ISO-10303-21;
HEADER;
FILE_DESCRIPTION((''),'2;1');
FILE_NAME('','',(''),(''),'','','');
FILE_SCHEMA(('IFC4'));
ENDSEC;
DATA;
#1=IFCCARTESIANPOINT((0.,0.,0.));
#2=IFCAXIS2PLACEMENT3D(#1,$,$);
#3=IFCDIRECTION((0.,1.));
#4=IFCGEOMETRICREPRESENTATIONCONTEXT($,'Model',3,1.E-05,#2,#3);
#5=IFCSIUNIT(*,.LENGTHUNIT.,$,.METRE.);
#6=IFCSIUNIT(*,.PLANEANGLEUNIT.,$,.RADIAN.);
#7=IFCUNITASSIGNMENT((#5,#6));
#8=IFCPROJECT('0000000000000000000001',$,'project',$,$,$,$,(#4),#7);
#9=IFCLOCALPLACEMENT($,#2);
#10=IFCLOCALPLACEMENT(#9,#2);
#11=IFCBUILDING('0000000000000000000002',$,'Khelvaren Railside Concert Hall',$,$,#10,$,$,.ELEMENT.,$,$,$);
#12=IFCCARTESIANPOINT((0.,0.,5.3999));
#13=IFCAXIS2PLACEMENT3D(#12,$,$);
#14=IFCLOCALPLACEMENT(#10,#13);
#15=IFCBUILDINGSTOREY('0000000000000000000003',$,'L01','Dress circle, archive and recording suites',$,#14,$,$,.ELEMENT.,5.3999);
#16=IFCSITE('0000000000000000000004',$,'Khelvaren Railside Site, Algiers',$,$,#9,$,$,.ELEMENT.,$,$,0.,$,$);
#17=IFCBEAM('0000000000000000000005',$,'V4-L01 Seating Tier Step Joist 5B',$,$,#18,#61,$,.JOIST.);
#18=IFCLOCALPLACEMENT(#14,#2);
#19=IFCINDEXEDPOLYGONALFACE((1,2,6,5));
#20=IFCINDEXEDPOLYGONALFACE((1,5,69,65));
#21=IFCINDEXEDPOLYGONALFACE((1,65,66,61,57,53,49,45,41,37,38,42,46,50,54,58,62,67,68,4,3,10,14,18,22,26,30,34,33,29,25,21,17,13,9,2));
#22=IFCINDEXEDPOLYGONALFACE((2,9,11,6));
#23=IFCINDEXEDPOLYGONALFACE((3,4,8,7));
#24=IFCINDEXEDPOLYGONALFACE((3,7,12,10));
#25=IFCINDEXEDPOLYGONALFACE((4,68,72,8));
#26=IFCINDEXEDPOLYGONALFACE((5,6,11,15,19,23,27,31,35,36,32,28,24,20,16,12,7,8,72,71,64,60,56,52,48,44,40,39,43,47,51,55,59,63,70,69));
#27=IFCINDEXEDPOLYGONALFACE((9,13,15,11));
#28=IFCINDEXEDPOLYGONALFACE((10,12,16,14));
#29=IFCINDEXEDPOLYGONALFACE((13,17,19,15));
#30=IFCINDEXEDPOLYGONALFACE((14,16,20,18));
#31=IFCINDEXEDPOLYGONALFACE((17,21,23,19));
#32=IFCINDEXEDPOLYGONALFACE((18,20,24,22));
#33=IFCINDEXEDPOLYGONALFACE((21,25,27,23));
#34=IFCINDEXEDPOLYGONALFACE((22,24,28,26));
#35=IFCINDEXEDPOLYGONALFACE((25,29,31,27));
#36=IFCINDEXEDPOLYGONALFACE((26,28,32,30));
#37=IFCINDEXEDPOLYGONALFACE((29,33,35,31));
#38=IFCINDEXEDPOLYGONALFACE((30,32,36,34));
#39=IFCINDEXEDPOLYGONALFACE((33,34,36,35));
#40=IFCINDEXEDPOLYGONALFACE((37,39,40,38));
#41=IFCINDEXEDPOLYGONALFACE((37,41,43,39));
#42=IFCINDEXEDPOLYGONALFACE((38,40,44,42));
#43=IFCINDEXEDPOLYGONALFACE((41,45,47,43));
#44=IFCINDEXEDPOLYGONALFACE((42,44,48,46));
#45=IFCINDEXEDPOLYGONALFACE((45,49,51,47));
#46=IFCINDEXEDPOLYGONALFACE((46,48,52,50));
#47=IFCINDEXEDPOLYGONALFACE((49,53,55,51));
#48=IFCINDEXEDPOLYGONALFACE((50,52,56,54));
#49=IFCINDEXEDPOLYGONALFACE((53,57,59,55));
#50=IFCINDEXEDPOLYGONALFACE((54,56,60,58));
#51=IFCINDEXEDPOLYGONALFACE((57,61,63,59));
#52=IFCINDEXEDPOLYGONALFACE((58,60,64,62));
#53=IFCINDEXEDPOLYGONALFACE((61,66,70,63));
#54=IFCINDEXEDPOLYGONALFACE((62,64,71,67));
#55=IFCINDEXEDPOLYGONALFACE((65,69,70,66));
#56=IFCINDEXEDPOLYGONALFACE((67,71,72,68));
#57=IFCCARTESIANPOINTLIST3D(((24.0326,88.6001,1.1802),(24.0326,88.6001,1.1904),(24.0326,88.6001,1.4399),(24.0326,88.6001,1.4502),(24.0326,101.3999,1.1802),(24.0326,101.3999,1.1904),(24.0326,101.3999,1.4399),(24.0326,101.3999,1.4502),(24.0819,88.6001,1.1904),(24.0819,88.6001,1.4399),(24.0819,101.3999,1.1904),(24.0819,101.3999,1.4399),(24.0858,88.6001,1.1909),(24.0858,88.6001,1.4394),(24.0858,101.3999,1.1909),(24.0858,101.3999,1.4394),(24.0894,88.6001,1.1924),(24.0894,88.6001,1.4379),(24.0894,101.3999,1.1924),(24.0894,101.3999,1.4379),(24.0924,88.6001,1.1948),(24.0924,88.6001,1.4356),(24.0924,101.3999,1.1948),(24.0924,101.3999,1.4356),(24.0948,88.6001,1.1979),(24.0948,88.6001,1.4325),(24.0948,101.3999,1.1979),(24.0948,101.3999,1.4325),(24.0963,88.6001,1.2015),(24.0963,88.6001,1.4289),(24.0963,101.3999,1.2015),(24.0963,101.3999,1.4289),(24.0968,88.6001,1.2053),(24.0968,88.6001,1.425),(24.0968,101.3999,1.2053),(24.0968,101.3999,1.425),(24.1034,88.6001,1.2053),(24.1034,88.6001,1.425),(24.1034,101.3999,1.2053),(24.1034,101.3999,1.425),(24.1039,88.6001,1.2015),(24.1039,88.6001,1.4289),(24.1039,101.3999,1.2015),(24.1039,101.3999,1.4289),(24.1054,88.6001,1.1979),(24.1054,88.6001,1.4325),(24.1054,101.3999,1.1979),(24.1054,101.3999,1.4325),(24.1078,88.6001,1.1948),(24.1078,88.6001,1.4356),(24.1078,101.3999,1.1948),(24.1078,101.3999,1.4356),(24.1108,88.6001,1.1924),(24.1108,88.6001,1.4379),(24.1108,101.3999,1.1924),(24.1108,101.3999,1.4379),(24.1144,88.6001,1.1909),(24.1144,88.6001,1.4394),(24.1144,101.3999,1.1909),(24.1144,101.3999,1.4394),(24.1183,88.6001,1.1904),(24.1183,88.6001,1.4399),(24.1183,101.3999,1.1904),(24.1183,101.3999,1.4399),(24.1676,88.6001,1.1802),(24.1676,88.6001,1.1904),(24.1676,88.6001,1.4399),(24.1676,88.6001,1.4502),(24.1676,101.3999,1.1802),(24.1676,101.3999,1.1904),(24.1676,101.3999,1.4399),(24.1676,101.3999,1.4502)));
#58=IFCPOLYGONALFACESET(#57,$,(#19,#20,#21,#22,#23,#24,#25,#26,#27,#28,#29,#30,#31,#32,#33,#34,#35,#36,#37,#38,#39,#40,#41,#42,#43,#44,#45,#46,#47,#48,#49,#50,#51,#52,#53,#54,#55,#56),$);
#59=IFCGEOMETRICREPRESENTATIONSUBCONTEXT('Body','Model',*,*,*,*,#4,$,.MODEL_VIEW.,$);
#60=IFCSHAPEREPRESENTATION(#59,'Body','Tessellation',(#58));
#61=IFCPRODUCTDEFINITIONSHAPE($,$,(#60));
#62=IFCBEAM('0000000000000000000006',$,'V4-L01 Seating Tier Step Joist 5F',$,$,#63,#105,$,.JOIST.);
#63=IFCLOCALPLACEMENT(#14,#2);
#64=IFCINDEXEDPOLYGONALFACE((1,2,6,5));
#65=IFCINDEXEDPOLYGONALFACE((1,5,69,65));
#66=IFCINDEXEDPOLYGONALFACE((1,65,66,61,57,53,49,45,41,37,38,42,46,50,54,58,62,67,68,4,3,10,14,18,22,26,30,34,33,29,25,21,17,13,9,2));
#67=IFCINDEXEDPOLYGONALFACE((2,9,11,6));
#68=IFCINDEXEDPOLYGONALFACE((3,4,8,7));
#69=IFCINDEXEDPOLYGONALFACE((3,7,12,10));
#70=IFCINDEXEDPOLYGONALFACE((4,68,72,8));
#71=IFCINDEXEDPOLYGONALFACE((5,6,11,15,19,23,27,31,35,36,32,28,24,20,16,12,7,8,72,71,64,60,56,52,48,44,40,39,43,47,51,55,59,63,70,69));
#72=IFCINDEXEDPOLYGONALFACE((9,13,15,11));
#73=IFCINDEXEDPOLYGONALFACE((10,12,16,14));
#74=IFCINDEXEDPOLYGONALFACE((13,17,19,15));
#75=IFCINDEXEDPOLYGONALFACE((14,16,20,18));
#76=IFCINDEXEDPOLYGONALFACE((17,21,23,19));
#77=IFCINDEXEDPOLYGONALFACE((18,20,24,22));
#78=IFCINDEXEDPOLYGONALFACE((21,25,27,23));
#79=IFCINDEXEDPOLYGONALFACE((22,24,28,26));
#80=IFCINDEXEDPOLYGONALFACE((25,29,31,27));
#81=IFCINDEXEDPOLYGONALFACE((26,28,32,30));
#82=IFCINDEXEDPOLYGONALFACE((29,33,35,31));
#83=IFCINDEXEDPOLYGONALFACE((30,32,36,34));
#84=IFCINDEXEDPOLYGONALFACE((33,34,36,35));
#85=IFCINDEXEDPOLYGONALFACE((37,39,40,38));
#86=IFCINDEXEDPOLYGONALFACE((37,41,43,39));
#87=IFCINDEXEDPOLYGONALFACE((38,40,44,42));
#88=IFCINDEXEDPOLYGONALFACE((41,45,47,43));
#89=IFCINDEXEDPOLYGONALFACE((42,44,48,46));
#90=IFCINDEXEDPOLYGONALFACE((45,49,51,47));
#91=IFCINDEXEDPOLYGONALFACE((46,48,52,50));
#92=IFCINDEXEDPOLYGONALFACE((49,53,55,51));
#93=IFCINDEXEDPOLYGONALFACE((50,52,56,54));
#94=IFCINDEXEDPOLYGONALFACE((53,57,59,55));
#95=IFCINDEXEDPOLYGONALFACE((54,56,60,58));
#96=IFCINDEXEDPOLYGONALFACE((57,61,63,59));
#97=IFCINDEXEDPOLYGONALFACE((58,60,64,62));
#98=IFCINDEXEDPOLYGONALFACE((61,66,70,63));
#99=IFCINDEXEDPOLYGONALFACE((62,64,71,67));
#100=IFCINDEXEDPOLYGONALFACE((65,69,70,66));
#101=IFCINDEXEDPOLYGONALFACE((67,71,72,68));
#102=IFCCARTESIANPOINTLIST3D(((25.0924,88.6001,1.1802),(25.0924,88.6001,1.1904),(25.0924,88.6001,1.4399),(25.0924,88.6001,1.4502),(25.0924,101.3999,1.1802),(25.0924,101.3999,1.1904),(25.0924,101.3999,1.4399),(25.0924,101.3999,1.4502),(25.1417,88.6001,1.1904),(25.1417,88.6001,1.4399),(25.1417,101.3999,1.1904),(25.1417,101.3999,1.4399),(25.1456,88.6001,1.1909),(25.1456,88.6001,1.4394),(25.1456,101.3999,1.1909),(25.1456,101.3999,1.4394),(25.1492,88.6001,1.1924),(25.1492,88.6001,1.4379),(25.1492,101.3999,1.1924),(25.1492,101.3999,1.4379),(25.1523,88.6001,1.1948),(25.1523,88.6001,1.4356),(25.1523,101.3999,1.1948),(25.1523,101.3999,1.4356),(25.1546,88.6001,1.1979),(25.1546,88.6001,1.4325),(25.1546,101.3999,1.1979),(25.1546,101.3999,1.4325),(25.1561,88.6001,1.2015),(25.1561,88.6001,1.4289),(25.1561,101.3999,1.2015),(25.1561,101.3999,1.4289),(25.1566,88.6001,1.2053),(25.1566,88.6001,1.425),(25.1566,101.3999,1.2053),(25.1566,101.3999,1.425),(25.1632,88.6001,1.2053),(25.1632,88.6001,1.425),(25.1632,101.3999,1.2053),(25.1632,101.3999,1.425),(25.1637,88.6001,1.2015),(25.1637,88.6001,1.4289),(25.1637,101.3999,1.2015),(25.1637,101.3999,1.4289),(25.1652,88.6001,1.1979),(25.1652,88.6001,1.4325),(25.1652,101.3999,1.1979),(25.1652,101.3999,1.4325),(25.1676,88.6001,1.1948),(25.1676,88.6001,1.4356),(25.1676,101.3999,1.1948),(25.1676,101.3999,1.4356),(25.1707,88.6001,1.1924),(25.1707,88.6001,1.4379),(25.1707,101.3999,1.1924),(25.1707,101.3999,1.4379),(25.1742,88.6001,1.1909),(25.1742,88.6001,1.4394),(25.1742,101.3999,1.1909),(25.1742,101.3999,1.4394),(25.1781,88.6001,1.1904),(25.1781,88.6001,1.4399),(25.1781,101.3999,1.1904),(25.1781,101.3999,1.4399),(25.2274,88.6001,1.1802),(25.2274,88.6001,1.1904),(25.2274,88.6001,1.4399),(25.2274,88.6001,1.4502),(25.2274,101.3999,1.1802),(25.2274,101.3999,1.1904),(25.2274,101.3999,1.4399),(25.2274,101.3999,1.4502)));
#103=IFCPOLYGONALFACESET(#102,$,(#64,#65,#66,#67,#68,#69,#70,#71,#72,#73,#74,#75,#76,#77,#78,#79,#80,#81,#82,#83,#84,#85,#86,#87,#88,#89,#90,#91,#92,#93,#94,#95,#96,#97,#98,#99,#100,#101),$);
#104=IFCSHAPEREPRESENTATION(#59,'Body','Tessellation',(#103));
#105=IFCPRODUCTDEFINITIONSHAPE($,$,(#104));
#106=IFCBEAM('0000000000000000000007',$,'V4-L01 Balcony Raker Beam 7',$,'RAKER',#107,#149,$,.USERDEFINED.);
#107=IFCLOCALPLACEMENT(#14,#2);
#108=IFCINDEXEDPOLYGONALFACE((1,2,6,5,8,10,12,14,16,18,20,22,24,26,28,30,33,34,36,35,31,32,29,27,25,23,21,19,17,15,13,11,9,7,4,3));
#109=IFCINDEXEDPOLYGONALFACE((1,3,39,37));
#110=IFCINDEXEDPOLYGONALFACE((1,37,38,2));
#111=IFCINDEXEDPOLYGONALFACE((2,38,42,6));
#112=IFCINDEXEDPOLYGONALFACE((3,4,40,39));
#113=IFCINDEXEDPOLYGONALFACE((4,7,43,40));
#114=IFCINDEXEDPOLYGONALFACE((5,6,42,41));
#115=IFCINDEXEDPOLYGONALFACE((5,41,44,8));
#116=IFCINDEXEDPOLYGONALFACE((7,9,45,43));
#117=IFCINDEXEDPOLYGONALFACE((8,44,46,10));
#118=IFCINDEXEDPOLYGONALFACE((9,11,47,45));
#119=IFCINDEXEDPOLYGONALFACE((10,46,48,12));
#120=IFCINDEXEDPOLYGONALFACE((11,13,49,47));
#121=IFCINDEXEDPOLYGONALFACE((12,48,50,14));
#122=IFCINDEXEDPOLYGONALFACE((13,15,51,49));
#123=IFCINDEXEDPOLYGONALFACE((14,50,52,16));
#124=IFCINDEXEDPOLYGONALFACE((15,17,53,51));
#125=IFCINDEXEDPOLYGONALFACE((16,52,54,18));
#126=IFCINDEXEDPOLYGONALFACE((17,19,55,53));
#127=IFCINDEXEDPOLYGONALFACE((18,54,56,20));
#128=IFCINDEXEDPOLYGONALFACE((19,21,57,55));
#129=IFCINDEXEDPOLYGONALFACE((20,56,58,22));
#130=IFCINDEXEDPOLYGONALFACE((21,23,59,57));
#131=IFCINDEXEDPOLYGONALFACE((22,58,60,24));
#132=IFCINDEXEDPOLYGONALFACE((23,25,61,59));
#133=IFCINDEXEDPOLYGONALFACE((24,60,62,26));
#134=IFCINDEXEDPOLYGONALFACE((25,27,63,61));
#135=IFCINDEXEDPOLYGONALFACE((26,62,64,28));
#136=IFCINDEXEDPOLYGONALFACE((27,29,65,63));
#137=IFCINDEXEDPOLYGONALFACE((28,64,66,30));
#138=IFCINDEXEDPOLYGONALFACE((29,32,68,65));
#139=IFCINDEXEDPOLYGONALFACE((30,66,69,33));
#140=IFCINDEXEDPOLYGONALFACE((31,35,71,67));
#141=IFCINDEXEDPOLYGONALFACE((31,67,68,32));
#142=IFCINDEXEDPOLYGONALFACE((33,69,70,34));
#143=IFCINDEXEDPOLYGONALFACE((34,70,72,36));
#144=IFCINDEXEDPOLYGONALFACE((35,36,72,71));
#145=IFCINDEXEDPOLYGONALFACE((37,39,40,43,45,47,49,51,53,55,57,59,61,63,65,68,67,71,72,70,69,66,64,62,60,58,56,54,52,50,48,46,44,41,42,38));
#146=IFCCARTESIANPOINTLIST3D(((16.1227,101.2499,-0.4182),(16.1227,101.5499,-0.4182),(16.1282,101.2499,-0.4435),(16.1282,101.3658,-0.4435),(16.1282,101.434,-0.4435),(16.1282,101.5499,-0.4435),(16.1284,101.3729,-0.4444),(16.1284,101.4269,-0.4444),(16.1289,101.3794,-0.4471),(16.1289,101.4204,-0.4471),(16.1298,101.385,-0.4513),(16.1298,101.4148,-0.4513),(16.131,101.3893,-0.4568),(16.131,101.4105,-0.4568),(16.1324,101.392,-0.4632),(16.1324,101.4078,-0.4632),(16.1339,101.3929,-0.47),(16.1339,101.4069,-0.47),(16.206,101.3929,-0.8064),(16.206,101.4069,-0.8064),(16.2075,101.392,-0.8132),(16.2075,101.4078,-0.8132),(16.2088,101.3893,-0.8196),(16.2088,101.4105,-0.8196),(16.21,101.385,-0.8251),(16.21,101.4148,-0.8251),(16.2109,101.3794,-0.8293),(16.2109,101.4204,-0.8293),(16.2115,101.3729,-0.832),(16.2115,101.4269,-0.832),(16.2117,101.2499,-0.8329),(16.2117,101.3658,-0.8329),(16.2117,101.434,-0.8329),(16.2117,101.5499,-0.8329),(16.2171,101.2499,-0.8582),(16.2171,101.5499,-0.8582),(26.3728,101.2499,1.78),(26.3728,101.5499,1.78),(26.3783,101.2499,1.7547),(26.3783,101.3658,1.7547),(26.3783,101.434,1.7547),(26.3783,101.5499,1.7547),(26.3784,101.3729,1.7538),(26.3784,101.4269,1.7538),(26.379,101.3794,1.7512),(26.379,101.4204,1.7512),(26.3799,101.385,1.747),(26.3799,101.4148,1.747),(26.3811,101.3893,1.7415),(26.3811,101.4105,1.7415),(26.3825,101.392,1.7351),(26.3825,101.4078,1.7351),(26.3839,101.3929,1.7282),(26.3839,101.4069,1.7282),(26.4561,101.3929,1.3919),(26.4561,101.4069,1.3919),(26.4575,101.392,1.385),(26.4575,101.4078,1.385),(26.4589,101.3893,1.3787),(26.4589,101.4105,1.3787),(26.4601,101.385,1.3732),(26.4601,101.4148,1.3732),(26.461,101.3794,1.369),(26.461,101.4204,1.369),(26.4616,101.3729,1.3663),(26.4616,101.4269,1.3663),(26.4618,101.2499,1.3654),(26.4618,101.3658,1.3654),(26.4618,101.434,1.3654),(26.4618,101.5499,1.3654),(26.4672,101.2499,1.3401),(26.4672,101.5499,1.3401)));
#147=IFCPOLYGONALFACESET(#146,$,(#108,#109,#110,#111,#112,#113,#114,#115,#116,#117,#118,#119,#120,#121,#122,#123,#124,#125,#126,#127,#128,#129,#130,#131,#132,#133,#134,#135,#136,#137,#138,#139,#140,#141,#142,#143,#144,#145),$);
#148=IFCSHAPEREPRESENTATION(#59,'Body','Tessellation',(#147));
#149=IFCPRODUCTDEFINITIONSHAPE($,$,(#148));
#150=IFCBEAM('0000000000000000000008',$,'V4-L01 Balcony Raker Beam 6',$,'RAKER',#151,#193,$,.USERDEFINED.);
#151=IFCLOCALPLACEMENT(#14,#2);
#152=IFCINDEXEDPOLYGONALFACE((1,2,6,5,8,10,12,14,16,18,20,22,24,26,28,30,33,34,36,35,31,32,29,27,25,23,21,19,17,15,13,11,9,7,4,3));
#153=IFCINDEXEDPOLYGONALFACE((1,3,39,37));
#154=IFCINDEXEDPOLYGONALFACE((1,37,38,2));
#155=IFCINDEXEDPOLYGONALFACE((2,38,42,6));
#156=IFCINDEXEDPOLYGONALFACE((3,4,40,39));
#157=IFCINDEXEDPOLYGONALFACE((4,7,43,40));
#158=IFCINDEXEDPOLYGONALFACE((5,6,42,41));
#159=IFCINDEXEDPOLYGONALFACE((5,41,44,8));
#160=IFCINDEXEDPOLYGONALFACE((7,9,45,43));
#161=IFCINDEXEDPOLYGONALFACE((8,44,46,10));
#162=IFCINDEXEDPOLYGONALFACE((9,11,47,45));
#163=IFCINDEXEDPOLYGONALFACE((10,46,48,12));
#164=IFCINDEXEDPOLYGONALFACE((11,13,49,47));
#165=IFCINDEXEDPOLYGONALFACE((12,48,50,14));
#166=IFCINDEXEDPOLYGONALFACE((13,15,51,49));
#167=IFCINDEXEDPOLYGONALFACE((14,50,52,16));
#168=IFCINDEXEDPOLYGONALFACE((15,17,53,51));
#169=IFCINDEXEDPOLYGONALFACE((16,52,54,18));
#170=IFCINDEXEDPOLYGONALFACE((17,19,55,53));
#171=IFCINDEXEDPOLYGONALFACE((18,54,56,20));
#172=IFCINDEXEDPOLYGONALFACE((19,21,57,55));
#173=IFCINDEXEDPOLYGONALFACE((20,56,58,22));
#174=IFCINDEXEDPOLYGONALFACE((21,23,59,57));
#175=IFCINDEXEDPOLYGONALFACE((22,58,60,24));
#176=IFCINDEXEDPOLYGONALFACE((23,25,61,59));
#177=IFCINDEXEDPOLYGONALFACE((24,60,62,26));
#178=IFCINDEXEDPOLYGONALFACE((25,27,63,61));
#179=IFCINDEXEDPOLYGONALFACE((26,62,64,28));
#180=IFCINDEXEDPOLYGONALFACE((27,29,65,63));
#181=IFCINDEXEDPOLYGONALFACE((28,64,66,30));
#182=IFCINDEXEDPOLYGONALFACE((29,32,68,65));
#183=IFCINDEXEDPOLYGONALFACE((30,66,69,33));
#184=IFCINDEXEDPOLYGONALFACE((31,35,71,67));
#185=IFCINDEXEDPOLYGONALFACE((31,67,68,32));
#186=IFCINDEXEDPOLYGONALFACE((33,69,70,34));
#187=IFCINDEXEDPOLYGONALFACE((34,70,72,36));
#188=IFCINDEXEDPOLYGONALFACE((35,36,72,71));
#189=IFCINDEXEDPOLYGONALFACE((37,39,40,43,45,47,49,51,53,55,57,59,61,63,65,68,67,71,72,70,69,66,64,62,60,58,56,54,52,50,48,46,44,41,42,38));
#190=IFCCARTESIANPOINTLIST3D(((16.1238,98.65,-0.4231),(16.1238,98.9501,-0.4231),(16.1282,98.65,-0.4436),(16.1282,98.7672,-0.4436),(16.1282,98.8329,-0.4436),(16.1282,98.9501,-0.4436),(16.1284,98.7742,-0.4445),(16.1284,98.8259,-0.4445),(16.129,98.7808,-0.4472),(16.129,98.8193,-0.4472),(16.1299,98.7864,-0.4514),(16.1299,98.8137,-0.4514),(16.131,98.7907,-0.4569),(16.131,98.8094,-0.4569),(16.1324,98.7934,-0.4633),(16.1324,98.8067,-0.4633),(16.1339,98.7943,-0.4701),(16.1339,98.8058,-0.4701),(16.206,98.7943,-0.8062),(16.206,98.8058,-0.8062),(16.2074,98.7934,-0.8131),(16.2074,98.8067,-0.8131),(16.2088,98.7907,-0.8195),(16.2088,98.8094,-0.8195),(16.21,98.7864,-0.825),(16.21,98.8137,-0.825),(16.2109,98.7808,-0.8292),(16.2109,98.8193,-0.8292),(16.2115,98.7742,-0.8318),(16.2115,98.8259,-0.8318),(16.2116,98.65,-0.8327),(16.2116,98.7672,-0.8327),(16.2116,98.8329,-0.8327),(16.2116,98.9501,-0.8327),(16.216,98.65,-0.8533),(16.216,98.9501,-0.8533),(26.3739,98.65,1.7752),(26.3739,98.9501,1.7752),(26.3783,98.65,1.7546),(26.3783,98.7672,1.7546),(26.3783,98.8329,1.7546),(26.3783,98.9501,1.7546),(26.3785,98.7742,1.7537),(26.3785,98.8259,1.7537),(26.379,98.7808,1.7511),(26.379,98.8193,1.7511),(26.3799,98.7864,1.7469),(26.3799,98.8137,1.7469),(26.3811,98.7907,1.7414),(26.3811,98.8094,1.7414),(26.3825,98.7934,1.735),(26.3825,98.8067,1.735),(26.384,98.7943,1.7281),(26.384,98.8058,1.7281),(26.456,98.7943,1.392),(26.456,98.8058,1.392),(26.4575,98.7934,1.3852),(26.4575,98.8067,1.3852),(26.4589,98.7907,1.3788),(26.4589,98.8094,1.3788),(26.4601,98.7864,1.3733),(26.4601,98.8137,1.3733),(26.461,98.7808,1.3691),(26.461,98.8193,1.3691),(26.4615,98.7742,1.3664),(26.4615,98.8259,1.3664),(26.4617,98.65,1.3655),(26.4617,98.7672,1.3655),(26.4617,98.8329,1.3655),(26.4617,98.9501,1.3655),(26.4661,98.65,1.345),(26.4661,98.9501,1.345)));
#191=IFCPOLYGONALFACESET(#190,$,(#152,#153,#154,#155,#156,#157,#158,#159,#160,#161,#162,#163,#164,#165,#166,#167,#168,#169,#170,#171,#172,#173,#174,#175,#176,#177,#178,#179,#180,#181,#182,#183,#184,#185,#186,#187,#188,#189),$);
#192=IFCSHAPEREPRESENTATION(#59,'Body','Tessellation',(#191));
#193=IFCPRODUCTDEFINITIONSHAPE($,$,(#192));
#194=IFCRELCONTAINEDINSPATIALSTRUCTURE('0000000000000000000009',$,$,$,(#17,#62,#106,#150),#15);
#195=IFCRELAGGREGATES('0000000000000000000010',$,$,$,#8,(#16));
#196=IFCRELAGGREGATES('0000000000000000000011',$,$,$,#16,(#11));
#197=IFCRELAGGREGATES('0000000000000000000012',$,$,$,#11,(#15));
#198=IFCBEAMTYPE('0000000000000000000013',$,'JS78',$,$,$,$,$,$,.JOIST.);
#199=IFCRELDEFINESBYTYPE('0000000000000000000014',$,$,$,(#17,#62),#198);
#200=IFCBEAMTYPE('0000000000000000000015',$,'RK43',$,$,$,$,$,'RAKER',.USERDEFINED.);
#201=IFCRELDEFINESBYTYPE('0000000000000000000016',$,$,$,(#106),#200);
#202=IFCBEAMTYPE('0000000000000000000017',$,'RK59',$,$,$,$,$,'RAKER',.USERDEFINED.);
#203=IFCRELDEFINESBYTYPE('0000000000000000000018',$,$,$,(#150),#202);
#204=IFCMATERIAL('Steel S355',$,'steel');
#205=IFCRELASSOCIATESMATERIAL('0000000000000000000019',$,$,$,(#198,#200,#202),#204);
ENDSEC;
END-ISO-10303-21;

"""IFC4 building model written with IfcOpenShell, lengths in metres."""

from ifc_helpers import new_model, si_unit, direction, frame, origin, origin_2d, place, context, subcontext, project, spatial, i_section, extrude, material, material_profile, profile_set, type_object, element, save


model = new_model("IFC4")

# Units and contexts
model_context = context("Model", 3, precision=1e-05, world=origin(), true_north=direction((0.0, 1.0)))
body_context = subcontext(model_context, "Body", "Model", "MODEL_VIEW")
ifc_project = project(units=[si_unit("LENGTHUNIT", "METRE"), si_unit("PLANEANGLEUNIT", "RADIAN")], contexts=[model_context])

# Site, building, storey
site_placement = place(None, origin())
site = spatial("IfcSite", under=ifc_project, at=site_placement, Name="Khelvaren Railside Site, Algiers", CompositionType="ELEMENT", RefElevation=0.0)
building_placement = place(site_placement, origin())
building = spatial("IfcBuilding", under=site, at=building_placement, Name="Khelvaren Railside Concert Hall", CompositionType="ELEMENT")
storey_placement = place(building_placement, frame((0.0, 0.0, 5.3999)))
storey = spatial("IfcBuildingStorey", under=building, at=storey_placement, Name="L01", Description="Dress circle, archive and recording suites", CompositionType="ELEMENT", Elevation=5.3999)

# Beams
ifc_material_1 = material(Name="Steel S355", Category="steel")
ifc_material_profile_1 = material_profile(ifc_material_1, i_section(OverallWidth=0.135, OverallDepth=0.27, WebThickness=0.0066, FlangeThickness=0.0103, FilletRadius=0.0149, at=origin_2d()), Name="IPE 270")
ifc_profile_set_1 = profile_set([ifc_material_profile_1], Name="Steel S355")
beam_type_1 = type_object("IfcBeamType", Name="JS78", PredefinedType="JOIST", material=ifc_profile_set_1)
for number, where, z_axis, x_axis, name in (
    (1, (24.1001, 88.6001, 1.3152), (0.0, 1.0, 0.0), (-1.0, 0.0, 0.0), "V4-L01 Seating Tier Step Joist 5B"),
    (2, (25.1599, 88.6001, 1.3152), (0.0, 1.0, 0.0), (-1.0, 0.0, 0.0), "V4-L01 Seating Tier Step Joist 5F"),
):
    element("IfcBeam", number, at=place(storey_placement, frame(where, z_axis=z_axis, x_axis=x_axis)), inside=storey, type_object=beam_type_1, Name=name, PredefinedType="JOIST", context=body_context, shape_type="SweptSolid", body=[
        extrude(i_section(OverallWidth=0.135, OverallDepth=0.27, WebThickness=0.0066, FlangeThickness=0.0103, FilletRadius=0.0149, at=origin_2d()), origin(), (0.0, 0.0, 1.0), 12.7998),
    ])
ifc_material_profile_2 = material_profile(ifc_material_1, i_section(OverallWidth=0.3, OverallDepth=0.45, WebThickness=0.0139, FlangeThickness=0.0259, FilletRadius=0.0271, at=origin_2d()), Name="HEB 450")
ifc_profile_set_2 = profile_set([ifc_material_profile_2], Name="Steel S355")
beam_type_2 = type_object("IfcBeamType", Name="RK43", ElementType="RAKER", PredefinedType="USERDEFINED", material=ifc_profile_set_2)
beam_1_placement = place(storey_placement, frame((16.1699, 101.3999, -0.6382), z_axis=(0.977767, 0.0, 0.209694), x_axis=(0.0, 1.0, 0.0)))
element("IfcBeam", 3, at=beam_1_placement, inside=storey, type_object=beam_type_2, Name="V4-L01 Balcony Raker Beam 7", ObjectType="RAKER", PredefinedType="USERDEFINED", context=body_context, shape_type="SweptSolid", body=[
    extrude(i_section(OverallWidth=0.3, OverallDepth=0.45, WebThickness=0.0139, FlangeThickness=0.0259, FilletRadius=0.0271, at=origin_2d()), origin(), (0.0, 0.0, 1.0), 10.4832),
])
ifc_material_profile_3 = material_profile(ifc_material_1, i_section(OverallWidth=0.3, OverallDepth=0.4399, WebThickness=0.0115, FlangeThickness=0.021, FilletRadius=0.0271, at=origin_2d()), Name="HEA 450")
ifc_profile_set_3 = profile_set([ifc_material_profile_3], Name="Steel S355")
beam_type_3 = type_object("IfcBeamType", Name="RK59", ElementType="RAKER", PredefinedType="USERDEFINED", material=ifc_profile_set_3)
for number, where, z_axis, x_axis, name in (
    (4, (16.1699, 98.8, -0.6382), (0.977767, 0.0, 0.209694), (0.0, 1.0, 0.0), "V4-L01 Balcony Raker Beam 6"),
):
    element("IfcBeam", number, at=place(storey_placement, frame(where, z_axis=z_axis, x_axis=x_axis)), inside=storey, type_object=beam_type_3, Name=name, ObjectType="RAKER", PredefinedType="USERDEFINED", context=body_context, shape_type="SweptSolid", body=[
        extrude(i_section(OverallWidth=0.3, OverallDepth=0.4399, WebThickness=0.0115, FlangeThickness=0.021, FilletRadius=0.0271, at=origin_2d()), origin(), (0.0, 0.0, 1.0), 10.4832),
    ])

save(model, "model.ifc")
